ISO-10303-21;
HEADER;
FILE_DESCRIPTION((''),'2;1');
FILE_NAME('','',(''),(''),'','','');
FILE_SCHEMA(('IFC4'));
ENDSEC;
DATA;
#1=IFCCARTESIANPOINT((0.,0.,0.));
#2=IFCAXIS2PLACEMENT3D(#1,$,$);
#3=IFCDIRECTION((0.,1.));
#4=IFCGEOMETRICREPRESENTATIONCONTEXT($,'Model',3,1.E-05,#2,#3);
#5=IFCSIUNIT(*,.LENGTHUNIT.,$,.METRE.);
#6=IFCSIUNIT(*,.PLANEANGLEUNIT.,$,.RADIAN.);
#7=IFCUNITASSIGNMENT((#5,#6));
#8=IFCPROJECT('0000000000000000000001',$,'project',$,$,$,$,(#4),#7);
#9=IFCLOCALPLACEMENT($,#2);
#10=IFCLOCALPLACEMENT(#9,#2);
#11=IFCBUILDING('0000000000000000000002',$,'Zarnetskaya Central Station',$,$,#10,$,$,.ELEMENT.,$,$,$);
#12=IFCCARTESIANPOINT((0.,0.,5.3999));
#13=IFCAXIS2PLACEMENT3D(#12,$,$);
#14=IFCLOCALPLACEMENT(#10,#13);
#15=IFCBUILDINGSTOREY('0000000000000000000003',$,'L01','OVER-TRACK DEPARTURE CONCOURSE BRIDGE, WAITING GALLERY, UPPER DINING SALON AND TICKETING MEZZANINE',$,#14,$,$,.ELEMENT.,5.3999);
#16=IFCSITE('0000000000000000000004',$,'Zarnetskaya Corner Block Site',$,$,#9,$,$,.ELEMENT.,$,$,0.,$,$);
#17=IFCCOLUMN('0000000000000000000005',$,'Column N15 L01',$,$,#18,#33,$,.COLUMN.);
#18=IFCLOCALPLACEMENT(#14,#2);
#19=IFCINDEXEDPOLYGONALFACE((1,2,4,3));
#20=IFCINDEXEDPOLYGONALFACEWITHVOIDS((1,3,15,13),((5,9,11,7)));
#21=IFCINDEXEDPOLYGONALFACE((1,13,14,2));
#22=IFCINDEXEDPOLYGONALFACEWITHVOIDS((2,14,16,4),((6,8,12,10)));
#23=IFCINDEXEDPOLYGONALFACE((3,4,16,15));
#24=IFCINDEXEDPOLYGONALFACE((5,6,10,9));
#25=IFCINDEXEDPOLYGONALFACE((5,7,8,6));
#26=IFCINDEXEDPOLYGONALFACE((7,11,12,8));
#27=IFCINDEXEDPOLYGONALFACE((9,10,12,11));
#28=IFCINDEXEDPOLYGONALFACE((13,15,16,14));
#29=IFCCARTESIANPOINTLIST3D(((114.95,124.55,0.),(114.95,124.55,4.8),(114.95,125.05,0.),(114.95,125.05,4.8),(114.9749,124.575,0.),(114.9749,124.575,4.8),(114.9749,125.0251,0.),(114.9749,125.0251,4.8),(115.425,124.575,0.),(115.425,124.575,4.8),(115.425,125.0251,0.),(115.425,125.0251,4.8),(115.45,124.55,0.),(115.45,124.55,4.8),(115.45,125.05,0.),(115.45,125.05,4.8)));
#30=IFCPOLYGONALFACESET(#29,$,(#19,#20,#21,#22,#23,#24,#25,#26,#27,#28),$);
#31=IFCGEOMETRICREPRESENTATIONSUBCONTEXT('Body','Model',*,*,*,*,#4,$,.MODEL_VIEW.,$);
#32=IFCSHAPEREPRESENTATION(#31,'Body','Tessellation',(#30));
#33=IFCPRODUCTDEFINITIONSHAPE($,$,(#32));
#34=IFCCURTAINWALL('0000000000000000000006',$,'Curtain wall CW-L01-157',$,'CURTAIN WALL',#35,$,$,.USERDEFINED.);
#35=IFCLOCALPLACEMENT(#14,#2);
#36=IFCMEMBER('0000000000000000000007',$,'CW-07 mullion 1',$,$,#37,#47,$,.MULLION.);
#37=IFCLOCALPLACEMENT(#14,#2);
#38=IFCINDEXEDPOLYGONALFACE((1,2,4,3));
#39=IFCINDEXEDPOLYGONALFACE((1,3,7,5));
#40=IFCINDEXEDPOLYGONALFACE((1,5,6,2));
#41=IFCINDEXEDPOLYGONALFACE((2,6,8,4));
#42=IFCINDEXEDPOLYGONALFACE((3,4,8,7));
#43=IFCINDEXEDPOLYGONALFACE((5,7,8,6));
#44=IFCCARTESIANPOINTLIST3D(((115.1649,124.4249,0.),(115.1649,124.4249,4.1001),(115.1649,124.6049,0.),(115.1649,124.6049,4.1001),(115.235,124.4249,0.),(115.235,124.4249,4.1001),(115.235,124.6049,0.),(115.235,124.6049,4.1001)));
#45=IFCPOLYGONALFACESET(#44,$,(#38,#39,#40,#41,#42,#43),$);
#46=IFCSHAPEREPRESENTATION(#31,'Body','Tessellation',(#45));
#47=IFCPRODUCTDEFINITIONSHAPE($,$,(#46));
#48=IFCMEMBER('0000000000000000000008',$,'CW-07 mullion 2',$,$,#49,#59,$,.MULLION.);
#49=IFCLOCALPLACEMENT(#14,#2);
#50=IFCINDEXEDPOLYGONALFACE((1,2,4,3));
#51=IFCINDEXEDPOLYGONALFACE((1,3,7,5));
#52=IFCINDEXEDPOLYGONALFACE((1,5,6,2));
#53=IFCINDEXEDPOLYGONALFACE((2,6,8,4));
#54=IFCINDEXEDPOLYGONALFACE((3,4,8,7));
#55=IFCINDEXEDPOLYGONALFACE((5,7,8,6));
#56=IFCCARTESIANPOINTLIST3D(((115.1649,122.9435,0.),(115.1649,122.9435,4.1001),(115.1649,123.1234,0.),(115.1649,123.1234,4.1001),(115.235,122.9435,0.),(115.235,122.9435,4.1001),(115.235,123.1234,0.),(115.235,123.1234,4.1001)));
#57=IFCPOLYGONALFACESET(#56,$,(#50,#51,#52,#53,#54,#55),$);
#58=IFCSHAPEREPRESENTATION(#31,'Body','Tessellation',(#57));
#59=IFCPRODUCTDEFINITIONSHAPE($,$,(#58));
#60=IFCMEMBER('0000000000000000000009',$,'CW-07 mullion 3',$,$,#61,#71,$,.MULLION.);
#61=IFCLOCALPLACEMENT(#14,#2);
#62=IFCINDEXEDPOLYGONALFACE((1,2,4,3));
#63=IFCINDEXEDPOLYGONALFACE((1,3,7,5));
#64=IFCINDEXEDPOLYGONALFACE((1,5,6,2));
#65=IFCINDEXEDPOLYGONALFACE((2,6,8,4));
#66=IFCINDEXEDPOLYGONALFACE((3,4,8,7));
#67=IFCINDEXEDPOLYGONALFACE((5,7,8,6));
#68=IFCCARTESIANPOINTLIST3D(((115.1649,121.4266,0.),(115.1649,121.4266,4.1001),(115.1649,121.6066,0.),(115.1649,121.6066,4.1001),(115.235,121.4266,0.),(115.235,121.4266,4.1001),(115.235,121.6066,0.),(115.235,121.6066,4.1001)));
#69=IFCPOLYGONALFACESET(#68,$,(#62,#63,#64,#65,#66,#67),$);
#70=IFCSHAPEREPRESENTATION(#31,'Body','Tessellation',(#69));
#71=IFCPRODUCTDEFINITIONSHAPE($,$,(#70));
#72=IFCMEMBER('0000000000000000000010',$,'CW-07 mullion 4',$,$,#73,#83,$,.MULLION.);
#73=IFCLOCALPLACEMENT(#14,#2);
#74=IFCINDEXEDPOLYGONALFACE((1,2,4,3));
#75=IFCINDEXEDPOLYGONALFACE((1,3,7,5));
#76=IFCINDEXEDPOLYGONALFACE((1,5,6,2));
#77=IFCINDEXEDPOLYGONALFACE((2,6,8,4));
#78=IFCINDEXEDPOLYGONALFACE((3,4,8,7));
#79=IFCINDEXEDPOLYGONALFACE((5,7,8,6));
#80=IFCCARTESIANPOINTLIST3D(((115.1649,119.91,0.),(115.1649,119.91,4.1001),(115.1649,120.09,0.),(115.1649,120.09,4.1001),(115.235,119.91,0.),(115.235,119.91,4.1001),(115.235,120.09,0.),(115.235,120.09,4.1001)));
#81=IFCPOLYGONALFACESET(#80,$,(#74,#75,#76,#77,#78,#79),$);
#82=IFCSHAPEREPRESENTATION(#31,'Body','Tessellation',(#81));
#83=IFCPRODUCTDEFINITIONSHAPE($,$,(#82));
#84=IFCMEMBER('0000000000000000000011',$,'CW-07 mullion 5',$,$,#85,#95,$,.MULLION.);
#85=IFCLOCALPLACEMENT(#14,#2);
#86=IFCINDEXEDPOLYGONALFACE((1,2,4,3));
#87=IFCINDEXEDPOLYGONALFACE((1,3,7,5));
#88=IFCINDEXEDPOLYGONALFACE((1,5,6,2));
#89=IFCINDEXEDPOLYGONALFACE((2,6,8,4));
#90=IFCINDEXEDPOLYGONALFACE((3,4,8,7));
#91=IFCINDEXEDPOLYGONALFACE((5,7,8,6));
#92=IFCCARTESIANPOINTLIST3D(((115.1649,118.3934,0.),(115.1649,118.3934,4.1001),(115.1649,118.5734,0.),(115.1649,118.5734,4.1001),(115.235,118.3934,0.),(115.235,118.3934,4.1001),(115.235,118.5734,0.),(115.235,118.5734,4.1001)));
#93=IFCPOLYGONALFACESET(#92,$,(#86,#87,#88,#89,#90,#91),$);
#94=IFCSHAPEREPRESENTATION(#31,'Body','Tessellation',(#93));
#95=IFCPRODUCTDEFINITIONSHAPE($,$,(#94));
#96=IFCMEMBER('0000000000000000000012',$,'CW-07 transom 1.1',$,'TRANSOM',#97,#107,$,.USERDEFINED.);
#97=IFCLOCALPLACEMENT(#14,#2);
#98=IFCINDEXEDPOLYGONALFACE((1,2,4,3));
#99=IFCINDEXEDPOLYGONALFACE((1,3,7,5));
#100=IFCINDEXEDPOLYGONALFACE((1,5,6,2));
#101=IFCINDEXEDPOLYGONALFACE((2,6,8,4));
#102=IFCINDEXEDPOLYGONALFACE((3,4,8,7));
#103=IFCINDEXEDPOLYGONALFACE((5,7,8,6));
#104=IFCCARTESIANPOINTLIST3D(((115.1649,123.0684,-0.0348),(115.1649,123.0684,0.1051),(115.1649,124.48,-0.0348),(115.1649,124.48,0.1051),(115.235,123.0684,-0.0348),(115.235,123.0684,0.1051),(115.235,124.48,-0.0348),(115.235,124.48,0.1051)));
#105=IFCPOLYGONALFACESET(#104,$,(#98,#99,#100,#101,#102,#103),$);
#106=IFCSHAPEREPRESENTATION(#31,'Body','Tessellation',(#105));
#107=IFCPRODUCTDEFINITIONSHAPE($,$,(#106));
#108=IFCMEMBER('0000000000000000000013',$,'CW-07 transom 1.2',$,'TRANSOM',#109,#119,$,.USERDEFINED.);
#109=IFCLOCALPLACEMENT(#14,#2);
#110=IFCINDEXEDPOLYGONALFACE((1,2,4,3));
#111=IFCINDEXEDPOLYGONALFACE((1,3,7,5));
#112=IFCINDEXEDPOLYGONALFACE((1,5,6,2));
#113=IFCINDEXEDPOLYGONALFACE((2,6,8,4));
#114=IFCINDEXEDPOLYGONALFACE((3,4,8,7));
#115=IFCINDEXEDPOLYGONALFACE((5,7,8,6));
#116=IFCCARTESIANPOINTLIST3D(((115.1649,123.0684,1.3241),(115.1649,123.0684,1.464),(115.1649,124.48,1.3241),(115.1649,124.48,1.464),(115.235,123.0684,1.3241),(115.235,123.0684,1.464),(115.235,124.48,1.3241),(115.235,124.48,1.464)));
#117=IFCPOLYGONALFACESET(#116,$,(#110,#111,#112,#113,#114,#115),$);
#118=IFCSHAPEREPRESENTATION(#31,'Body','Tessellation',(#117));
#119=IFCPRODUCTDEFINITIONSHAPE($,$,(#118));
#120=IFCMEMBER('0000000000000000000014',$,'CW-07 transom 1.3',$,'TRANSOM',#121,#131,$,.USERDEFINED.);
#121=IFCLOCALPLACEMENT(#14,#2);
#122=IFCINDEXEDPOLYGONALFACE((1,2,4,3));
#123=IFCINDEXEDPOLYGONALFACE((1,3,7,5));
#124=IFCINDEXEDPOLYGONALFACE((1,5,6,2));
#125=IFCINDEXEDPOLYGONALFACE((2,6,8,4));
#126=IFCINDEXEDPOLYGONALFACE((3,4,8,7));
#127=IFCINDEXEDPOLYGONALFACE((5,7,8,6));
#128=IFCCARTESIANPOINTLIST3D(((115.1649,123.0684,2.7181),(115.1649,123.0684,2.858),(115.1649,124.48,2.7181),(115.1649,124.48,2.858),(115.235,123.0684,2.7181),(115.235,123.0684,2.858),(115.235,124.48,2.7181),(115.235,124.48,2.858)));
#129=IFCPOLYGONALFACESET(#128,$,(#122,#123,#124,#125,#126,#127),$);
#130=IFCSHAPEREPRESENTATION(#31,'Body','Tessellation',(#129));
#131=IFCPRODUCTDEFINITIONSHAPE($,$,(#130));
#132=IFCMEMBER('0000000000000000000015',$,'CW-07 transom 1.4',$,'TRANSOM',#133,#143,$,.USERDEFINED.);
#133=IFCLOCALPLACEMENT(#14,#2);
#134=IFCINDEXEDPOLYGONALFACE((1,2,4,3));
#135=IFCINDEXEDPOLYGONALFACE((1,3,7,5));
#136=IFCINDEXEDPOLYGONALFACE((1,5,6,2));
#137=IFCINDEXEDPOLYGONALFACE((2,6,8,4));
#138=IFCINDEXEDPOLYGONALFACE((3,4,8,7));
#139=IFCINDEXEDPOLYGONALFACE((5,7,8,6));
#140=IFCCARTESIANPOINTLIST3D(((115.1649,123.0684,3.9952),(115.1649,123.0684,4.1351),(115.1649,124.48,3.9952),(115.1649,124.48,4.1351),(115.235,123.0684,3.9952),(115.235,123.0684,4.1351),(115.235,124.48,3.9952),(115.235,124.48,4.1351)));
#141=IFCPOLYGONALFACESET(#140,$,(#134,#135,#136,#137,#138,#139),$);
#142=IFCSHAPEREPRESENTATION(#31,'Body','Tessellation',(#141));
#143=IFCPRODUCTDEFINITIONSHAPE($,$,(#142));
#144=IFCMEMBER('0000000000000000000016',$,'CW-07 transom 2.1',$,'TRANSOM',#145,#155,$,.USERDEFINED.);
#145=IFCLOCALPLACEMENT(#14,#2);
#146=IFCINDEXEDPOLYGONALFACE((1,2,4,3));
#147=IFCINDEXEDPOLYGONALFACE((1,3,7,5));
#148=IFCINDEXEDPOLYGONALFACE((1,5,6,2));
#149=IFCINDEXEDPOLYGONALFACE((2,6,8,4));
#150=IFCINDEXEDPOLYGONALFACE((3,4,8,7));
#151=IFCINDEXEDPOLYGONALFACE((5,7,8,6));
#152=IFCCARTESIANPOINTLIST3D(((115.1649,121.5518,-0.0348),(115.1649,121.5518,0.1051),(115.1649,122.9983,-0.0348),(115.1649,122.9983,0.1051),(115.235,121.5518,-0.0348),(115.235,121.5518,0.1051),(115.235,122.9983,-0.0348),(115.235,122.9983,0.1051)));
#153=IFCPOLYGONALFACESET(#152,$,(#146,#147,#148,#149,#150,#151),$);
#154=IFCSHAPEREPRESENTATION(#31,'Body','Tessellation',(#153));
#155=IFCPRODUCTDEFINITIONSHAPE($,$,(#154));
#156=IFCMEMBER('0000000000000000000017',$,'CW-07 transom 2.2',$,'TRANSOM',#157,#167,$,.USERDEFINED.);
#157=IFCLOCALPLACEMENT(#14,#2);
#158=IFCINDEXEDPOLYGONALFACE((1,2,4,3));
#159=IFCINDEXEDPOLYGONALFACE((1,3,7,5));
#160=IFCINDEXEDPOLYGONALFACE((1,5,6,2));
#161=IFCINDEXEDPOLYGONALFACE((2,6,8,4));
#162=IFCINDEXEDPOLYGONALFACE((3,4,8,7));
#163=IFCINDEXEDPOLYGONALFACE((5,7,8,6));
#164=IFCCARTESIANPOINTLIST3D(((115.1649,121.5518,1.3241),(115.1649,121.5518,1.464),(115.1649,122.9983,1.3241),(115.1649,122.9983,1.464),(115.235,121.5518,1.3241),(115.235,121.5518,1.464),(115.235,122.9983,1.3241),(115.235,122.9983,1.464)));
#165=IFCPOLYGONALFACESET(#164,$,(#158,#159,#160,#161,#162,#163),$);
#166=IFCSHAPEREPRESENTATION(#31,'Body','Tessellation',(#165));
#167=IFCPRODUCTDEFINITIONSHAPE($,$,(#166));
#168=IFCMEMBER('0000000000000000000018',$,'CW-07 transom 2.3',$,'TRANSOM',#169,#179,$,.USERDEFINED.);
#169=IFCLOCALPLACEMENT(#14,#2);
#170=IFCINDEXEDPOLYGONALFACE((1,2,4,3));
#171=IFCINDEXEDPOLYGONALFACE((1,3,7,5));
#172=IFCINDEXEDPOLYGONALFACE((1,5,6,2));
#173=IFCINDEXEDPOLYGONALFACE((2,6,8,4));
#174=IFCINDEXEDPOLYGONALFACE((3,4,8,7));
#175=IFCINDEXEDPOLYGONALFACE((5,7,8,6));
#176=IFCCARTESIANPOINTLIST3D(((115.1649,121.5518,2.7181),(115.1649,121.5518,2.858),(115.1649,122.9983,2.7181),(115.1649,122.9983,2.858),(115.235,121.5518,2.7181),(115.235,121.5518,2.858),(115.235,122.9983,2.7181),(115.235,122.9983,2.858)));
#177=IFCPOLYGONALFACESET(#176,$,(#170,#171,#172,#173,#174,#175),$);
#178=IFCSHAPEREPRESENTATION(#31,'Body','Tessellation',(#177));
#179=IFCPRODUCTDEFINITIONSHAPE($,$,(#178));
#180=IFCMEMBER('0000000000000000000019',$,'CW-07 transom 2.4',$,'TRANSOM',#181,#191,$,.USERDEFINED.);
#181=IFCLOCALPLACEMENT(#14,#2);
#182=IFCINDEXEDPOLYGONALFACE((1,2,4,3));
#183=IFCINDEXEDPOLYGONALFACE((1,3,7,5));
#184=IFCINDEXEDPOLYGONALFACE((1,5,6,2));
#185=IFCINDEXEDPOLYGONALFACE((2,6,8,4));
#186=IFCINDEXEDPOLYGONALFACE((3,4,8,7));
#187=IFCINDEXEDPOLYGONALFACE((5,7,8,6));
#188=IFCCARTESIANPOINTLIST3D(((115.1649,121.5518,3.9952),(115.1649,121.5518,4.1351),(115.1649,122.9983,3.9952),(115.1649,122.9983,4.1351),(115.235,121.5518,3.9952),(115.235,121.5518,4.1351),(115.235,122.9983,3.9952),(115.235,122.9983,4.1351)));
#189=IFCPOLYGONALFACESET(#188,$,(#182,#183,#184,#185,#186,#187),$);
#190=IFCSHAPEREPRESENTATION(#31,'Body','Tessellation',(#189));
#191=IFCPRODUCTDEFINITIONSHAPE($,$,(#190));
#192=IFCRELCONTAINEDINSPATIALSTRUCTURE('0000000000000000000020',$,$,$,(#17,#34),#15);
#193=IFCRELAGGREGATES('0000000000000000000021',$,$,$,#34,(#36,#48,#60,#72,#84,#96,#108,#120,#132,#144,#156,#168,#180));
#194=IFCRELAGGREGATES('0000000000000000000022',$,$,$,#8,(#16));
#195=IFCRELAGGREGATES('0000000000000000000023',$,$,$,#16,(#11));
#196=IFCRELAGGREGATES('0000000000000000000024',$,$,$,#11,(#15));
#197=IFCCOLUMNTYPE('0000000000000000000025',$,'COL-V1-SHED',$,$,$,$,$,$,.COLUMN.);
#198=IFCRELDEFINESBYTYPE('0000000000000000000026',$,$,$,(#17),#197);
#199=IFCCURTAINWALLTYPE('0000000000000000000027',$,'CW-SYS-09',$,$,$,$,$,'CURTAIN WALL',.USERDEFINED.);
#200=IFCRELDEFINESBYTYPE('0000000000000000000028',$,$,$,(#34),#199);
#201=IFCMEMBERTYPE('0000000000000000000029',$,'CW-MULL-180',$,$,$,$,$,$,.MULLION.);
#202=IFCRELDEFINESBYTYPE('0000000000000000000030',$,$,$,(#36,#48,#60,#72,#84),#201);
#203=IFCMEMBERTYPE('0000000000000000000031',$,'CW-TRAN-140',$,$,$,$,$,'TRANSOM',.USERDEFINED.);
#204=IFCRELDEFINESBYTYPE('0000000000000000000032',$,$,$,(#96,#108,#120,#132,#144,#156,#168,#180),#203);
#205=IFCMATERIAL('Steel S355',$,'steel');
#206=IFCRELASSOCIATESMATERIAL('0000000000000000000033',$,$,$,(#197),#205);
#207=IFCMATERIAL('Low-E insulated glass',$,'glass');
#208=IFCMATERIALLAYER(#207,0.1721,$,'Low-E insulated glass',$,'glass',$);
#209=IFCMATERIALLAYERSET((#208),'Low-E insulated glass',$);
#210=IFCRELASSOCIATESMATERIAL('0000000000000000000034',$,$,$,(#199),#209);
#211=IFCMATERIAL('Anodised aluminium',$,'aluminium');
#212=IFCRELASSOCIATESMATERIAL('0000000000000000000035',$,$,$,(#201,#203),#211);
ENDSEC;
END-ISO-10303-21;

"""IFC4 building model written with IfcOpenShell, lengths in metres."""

from ifc_helpers import new_model, si_unit, direction, frame, origin, origin_2d, place, context, subcontext, project, spatial, rectangle, hollow_rectangle, extrude, material, layer, layer_set, material_profile, profile_set, type_object, element, aggregate, save


model = new_model("IFC4")

# Units and contexts
model_context = context("Model", 3, precision=1e-05, world=origin(), true_north=direction((0.0, 1.0)))
body_context = subcontext(model_context, "Body", "Model", "MODEL_VIEW")
ifc_project = project(units=[si_unit("LENGTHUNIT", "METRE"), si_unit("PLANEANGLEUNIT", "RADIAN")], contexts=[model_context])

# Site, building, storey
site_placement = place(None, origin())
site = spatial("IfcSite", under=ifc_project, at=site_placement, Name="Zarnetskaya Corner Block Site", CompositionType="ELEMENT", RefElevation=0.0)
building_placement = place(site_placement, origin())
building = spatial("IfcBuilding", under=site, at=building_placement, Name="Zarnetskaya Central Station", CompositionType="ELEMENT")
storey_placement = place(building_placement, frame((0.0, 0.0, 5.3999)))
storey = spatial("IfcBuildingStorey", under=building, at=storey_placement, Name="L01", Description="OVER-TRACK DEPARTURE CONCOURSE BRIDGE, WAITING GALLERY, UPPER DINING SALON AND TICKETING MEZZANINE", CompositionType="ELEMENT", Elevation=5.3999)

# Column
ifc_material_1 = material(Name="Steel S355", Category="steel")
ifc_material_profile_1 = material_profile(ifc_material_1, hollow_rectangle(XDim=0.5, YDim=0.5, WallThickness=0.0249, at=origin_2d()), Name="BOX 500x500x25")
ifc_profile_set_1 = profile_set([ifc_material_profile_1], Name="Steel S355")
column_type = type_object("IfcColumnType", Name="COL-V1-SHED", PredefinedType="COLUMN", material=ifc_profile_set_1)
column_placement = place(storey_placement, frame((115.2, 124.8, 0.0), z_axis=(0.0, 0.0, 1.0), x_axis=(1.0, 0.0, 0.0)))
element("IfcColumn", 1, at=column_placement, inside=storey, type_object=column_type, Name="Column N15 L01", PredefinedType="COLUMN", context=body_context, shape_type="SweptSolid", body=[
    extrude(hollow_rectangle(XDim=0.5, YDim=0.5, WallThickness=0.0249, at=origin_2d()), origin(), (0.0, 0.0, 1.0), 4.8),
])

# Curtain wall, members
ifc_material_2 = material(Name="Low-E insulated glass", Category="glass")
ifc_layer_1 = layer(ifc_material_2, 0.1721, Name="Low-E insulated glass", Category="glass")
ifc_layer_set_1 = layer_set([ifc_layer_1], Name="Low-E insulated glass")
curtain_wall_type = type_object("IfcCurtainWallType", Name="CW-SYS-09", ElementType="CURTAIN WALL", PredefinedType="USERDEFINED", material=ifc_layer_set_1)
curtain_wall_placement = place(storey_placement, origin())
curtain_wall = element("IfcCurtainWall", 2, at=curtain_wall_placement, inside=storey, type_object=curtain_wall_type, Name="Curtain wall CW-L01-157", ObjectType="CURTAIN WALL", PredefinedType="USERDEFINED")
ifc_material_3 = material(Name="Anodised aluminium", Category="aluminium")
ifc_material_profile_2 = material_profile(ifc_material_3, rectangle(XDim=0.0701, YDim=0.1799, at=origin_2d()), Name="ALU MULL 70x180")
ifc_profile_set_2 = profile_set([ifc_material_profile_2], Name="Anodised aluminium")
member_type_1 = type_object("IfcMemberType", Name="CW-MULL-180", PredefinedType="MULLION", material=ifc_profile_set_2)
member_1_placement = place(storey_placement, frame((115.2, 124.5149, 0.0), z_axis=(0.0, 0.0, 1.0), x_axis=(1.0, 0.0, 0.0)))
member_1 = element("IfcMember", 3, at=member_1_placement, type_object=member_type_1, Name="CW-07 mullion 1", PredefinedType="MULLION", context=body_context, shape_type="SweptSolid", body=[
    extrude(rectangle(XDim=0.0701, YDim=0.1799, at=origin_2d()), origin(), (0.0, 0.0, 1.0), 4.1001),
])
member_2_placement = place(storey_placement, frame((115.2, 123.0334, 0.0), z_axis=(0.0, 0.0, 1.0), x_axis=(1.0, 0.0, 0.0)))
member_2 = element("IfcMember", 4, at=member_2_placement, type_object=member_type_1, Name="CW-07 mullion 2", PredefinedType="MULLION", context=body_context, shape_type="SweptSolid", body=[
    extrude(rectangle(XDim=0.0701, YDim=0.1799, at=origin_2d()), origin(), (0.0, 0.0, 1.0), 4.1001),
])
member_3_placement = place(storey_placement, frame((115.2, 121.5166, 0.0), z_axis=(0.0, 0.0, 1.0), x_axis=(1.0, 0.0, 0.0)))
member_3 = element("IfcMember", 5, at=member_3_placement, type_object=member_type_1, Name="CW-07 mullion 3", PredefinedType="MULLION", context=body_context, shape_type="SweptSolid", body=[
    extrude(rectangle(XDim=0.0701, YDim=0.1799, at=origin_2d()), origin(), (0.0, 0.0, 1.0), 4.1001),
])
member_4_placement = place(storey_placement, frame((115.2, 120.0, 0.0), z_axis=(0.0, 0.0, 1.0), x_axis=(1.0, 0.0, 0.0)))
member_4 = element("IfcMember", 6, at=member_4_placement, type_object=member_type_1, Name="CW-07 mullion 4", PredefinedType="MULLION", context=body_context, shape_type="SweptSolid", body=[
    extrude(rectangle(XDim=0.0701, YDim=0.1799, at=origin_2d()), origin(), (0.0, 0.0, 1.0), 4.1001),
])
member_5_placement = place(storey_placement, frame((115.2, 118.4834, 0.0), z_axis=(0.0, 0.0, 1.0), x_axis=(1.0, 0.0, 0.0)))
member_5 = element("IfcMember", 7, at=member_5_placement, type_object=member_type_1, Name="CW-07 mullion 5", PredefinedType="MULLION", context=body_context, shape_type="SweptSolid", body=[
    extrude(rectangle(XDim=0.0701, YDim=0.1799, at=origin_2d()), origin(), (0.0, 0.0, 1.0), 4.1001),
])
ifc_material_profile_3 = material_profile(ifc_material_3, rectangle(XDim=0.0701, YDim=0.1399, at=origin_2d()), Name="ALU TRAN 70x140")
ifc_profile_set_3 = profile_set([ifc_material_profile_3], Name="Anodised aluminium")
member_type_2 = type_object("IfcMemberType", Name="CW-TRAN-140", ElementType="TRANSOM", PredefinedType="USERDEFINED", material=ifc_profile_set_3)
member_6_placement = place(storey_placement, frame((115.2, 124.48, 0.0352), z_axis=(0.0, -1.0, 0.0), x_axis=(1.0, 0.0, 0.0)))
member_6 = element("IfcMember", 8, at=member_6_placement, type_object=member_type_2, Name="CW-07 transom 1.1", ObjectType="TRANSOM", PredefinedType="USERDEFINED", context=body_context, shape_type="SweptSolid", body=[
    extrude(rectangle(XDim=0.0701, YDim=0.1399, at=origin_2d()), origin(), (0.0, 0.0, 1.0), 1.4116),
])
member_7_placement = place(storey_placement, frame((115.2, 124.48, 1.394), z_axis=(0.0, -1.0, 0.0), x_axis=(1.0, 0.0, 0.0)))
member_7 = element("IfcMember", 9, at=member_7_placement, type_object=member_type_2, Name="CW-07 transom 1.2", ObjectType="TRANSOM", PredefinedType="USERDEFINED", context=body_context, shape_type="SweptSolid", body=[
    extrude(rectangle(XDim=0.0701, YDim=0.1399, at=origin_2d()), origin(), (0.0, 0.0, 1.0), 1.4116),
])
member_8_placement = place(storey_placement, frame((115.2, 124.48, 2.7881), z_axis=(0.0, -1.0, 0.0), x_axis=(1.0, 0.0, 0.0)))
member_8 = element("IfcMember", 10, at=member_8_placement, type_object=member_type_2, Name="CW-07 transom 1.3", ObjectType="TRANSOM", PredefinedType="USERDEFINED", context=body_context, shape_type="SweptSolid", body=[
    extrude(rectangle(XDim=0.0701, YDim=0.1399, at=origin_2d()), origin(), (0.0, 0.0, 1.0), 1.4116),
])
member_9_placement = place(storey_placement, frame((115.2, 124.48, 4.0652), z_axis=(0.0, -1.0, 0.0), x_axis=(1.0, 0.0, 0.0)))
member_9 = element("IfcMember", 11, at=member_9_placement, type_object=member_type_2, Name="CW-07 transom 1.4", ObjectType="TRANSOM", PredefinedType="USERDEFINED", context=body_context, shape_type="SweptSolid", body=[
    extrude(rectangle(XDim=0.0701, YDim=0.1399, at=origin_2d()), origin(), (0.0, 0.0, 1.0), 1.4116),
])
member_10_placement = place(storey_placement, frame((115.2, 122.9983, 0.0352), z_axis=(0.0, -1.0, 0.0), x_axis=(1.0, 0.0, 0.0)))
member_10 = element("IfcMember", 12, at=member_10_placement, type_object=member_type_2, Name="CW-07 transom 2.1", ObjectType="TRANSOM", PredefinedType="USERDEFINED", context=body_context, shape_type="SweptSolid", body=[
    extrude(rectangle(XDim=0.0701, YDim=0.1399, at=origin_2d()), origin(), (0.0, 0.0, 1.0), 1.4465),
])
member_11_placement = place(storey_placement, frame((115.2, 122.9983, 1.394), z_axis=(0.0, -1.0, 0.0), x_axis=(1.0, 0.0, 0.0)))
member_11 = element("IfcMember", 13, at=member_11_placement, type_object=member_type_2, Name="CW-07 transom 2.2", ObjectType="TRANSOM", PredefinedType="USERDEFINED", context=body_context, shape_type="SweptSolid", body=[
    extrude(rectangle(XDim=0.0701, YDim=0.1399, at=origin_2d()), origin(), (0.0, 0.0, 1.0), 1.4465),
])
member_12_placement = place(storey_placement, frame((115.2, 122.9983, 2.7881), z_axis=(0.0, -1.0, 0.0), x_axis=(1.0, 0.0, 0.0)))
member_12 = element("IfcMember", 14, at=member_12_placement, type_object=member_type_2, Name="CW-07 transom 2.3", ObjectType="TRANSOM", PredefinedType="USERDEFINED", context=body_context, shape_type="SweptSolid", body=[
    extrude(rectangle(XDim=0.0701, YDim=0.1399, at=origin_2d()), origin(), (0.0, 0.0, 1.0), 1.4465),
])
member_13_placement = place(storey_placement, frame((115.2, 122.9983, 4.0652), z_axis=(0.0, -1.0, 0.0), x_axis=(1.0, 0.0, 0.0)))
member_13 = element("IfcMember", 15, at=member_13_placement, type_object=member_type_2, Name="CW-07 transom 2.4", ObjectType="TRANSOM", PredefinedType="USERDEFINED", context=body_context, shape_type="SweptSolid", body=[
    extrude(rectangle(XDim=0.0701, YDim=0.1399, at=origin_2d()), origin(), (0.0, 0.0, 1.0), 1.4465),
])

aggregate(curtain_wall, [member_1, member_2, member_3, member_4, member_5, member_6, member_7, member_8, member_9, member_10, member_11, member_12, member_13])

save(model, "model.ifc")
